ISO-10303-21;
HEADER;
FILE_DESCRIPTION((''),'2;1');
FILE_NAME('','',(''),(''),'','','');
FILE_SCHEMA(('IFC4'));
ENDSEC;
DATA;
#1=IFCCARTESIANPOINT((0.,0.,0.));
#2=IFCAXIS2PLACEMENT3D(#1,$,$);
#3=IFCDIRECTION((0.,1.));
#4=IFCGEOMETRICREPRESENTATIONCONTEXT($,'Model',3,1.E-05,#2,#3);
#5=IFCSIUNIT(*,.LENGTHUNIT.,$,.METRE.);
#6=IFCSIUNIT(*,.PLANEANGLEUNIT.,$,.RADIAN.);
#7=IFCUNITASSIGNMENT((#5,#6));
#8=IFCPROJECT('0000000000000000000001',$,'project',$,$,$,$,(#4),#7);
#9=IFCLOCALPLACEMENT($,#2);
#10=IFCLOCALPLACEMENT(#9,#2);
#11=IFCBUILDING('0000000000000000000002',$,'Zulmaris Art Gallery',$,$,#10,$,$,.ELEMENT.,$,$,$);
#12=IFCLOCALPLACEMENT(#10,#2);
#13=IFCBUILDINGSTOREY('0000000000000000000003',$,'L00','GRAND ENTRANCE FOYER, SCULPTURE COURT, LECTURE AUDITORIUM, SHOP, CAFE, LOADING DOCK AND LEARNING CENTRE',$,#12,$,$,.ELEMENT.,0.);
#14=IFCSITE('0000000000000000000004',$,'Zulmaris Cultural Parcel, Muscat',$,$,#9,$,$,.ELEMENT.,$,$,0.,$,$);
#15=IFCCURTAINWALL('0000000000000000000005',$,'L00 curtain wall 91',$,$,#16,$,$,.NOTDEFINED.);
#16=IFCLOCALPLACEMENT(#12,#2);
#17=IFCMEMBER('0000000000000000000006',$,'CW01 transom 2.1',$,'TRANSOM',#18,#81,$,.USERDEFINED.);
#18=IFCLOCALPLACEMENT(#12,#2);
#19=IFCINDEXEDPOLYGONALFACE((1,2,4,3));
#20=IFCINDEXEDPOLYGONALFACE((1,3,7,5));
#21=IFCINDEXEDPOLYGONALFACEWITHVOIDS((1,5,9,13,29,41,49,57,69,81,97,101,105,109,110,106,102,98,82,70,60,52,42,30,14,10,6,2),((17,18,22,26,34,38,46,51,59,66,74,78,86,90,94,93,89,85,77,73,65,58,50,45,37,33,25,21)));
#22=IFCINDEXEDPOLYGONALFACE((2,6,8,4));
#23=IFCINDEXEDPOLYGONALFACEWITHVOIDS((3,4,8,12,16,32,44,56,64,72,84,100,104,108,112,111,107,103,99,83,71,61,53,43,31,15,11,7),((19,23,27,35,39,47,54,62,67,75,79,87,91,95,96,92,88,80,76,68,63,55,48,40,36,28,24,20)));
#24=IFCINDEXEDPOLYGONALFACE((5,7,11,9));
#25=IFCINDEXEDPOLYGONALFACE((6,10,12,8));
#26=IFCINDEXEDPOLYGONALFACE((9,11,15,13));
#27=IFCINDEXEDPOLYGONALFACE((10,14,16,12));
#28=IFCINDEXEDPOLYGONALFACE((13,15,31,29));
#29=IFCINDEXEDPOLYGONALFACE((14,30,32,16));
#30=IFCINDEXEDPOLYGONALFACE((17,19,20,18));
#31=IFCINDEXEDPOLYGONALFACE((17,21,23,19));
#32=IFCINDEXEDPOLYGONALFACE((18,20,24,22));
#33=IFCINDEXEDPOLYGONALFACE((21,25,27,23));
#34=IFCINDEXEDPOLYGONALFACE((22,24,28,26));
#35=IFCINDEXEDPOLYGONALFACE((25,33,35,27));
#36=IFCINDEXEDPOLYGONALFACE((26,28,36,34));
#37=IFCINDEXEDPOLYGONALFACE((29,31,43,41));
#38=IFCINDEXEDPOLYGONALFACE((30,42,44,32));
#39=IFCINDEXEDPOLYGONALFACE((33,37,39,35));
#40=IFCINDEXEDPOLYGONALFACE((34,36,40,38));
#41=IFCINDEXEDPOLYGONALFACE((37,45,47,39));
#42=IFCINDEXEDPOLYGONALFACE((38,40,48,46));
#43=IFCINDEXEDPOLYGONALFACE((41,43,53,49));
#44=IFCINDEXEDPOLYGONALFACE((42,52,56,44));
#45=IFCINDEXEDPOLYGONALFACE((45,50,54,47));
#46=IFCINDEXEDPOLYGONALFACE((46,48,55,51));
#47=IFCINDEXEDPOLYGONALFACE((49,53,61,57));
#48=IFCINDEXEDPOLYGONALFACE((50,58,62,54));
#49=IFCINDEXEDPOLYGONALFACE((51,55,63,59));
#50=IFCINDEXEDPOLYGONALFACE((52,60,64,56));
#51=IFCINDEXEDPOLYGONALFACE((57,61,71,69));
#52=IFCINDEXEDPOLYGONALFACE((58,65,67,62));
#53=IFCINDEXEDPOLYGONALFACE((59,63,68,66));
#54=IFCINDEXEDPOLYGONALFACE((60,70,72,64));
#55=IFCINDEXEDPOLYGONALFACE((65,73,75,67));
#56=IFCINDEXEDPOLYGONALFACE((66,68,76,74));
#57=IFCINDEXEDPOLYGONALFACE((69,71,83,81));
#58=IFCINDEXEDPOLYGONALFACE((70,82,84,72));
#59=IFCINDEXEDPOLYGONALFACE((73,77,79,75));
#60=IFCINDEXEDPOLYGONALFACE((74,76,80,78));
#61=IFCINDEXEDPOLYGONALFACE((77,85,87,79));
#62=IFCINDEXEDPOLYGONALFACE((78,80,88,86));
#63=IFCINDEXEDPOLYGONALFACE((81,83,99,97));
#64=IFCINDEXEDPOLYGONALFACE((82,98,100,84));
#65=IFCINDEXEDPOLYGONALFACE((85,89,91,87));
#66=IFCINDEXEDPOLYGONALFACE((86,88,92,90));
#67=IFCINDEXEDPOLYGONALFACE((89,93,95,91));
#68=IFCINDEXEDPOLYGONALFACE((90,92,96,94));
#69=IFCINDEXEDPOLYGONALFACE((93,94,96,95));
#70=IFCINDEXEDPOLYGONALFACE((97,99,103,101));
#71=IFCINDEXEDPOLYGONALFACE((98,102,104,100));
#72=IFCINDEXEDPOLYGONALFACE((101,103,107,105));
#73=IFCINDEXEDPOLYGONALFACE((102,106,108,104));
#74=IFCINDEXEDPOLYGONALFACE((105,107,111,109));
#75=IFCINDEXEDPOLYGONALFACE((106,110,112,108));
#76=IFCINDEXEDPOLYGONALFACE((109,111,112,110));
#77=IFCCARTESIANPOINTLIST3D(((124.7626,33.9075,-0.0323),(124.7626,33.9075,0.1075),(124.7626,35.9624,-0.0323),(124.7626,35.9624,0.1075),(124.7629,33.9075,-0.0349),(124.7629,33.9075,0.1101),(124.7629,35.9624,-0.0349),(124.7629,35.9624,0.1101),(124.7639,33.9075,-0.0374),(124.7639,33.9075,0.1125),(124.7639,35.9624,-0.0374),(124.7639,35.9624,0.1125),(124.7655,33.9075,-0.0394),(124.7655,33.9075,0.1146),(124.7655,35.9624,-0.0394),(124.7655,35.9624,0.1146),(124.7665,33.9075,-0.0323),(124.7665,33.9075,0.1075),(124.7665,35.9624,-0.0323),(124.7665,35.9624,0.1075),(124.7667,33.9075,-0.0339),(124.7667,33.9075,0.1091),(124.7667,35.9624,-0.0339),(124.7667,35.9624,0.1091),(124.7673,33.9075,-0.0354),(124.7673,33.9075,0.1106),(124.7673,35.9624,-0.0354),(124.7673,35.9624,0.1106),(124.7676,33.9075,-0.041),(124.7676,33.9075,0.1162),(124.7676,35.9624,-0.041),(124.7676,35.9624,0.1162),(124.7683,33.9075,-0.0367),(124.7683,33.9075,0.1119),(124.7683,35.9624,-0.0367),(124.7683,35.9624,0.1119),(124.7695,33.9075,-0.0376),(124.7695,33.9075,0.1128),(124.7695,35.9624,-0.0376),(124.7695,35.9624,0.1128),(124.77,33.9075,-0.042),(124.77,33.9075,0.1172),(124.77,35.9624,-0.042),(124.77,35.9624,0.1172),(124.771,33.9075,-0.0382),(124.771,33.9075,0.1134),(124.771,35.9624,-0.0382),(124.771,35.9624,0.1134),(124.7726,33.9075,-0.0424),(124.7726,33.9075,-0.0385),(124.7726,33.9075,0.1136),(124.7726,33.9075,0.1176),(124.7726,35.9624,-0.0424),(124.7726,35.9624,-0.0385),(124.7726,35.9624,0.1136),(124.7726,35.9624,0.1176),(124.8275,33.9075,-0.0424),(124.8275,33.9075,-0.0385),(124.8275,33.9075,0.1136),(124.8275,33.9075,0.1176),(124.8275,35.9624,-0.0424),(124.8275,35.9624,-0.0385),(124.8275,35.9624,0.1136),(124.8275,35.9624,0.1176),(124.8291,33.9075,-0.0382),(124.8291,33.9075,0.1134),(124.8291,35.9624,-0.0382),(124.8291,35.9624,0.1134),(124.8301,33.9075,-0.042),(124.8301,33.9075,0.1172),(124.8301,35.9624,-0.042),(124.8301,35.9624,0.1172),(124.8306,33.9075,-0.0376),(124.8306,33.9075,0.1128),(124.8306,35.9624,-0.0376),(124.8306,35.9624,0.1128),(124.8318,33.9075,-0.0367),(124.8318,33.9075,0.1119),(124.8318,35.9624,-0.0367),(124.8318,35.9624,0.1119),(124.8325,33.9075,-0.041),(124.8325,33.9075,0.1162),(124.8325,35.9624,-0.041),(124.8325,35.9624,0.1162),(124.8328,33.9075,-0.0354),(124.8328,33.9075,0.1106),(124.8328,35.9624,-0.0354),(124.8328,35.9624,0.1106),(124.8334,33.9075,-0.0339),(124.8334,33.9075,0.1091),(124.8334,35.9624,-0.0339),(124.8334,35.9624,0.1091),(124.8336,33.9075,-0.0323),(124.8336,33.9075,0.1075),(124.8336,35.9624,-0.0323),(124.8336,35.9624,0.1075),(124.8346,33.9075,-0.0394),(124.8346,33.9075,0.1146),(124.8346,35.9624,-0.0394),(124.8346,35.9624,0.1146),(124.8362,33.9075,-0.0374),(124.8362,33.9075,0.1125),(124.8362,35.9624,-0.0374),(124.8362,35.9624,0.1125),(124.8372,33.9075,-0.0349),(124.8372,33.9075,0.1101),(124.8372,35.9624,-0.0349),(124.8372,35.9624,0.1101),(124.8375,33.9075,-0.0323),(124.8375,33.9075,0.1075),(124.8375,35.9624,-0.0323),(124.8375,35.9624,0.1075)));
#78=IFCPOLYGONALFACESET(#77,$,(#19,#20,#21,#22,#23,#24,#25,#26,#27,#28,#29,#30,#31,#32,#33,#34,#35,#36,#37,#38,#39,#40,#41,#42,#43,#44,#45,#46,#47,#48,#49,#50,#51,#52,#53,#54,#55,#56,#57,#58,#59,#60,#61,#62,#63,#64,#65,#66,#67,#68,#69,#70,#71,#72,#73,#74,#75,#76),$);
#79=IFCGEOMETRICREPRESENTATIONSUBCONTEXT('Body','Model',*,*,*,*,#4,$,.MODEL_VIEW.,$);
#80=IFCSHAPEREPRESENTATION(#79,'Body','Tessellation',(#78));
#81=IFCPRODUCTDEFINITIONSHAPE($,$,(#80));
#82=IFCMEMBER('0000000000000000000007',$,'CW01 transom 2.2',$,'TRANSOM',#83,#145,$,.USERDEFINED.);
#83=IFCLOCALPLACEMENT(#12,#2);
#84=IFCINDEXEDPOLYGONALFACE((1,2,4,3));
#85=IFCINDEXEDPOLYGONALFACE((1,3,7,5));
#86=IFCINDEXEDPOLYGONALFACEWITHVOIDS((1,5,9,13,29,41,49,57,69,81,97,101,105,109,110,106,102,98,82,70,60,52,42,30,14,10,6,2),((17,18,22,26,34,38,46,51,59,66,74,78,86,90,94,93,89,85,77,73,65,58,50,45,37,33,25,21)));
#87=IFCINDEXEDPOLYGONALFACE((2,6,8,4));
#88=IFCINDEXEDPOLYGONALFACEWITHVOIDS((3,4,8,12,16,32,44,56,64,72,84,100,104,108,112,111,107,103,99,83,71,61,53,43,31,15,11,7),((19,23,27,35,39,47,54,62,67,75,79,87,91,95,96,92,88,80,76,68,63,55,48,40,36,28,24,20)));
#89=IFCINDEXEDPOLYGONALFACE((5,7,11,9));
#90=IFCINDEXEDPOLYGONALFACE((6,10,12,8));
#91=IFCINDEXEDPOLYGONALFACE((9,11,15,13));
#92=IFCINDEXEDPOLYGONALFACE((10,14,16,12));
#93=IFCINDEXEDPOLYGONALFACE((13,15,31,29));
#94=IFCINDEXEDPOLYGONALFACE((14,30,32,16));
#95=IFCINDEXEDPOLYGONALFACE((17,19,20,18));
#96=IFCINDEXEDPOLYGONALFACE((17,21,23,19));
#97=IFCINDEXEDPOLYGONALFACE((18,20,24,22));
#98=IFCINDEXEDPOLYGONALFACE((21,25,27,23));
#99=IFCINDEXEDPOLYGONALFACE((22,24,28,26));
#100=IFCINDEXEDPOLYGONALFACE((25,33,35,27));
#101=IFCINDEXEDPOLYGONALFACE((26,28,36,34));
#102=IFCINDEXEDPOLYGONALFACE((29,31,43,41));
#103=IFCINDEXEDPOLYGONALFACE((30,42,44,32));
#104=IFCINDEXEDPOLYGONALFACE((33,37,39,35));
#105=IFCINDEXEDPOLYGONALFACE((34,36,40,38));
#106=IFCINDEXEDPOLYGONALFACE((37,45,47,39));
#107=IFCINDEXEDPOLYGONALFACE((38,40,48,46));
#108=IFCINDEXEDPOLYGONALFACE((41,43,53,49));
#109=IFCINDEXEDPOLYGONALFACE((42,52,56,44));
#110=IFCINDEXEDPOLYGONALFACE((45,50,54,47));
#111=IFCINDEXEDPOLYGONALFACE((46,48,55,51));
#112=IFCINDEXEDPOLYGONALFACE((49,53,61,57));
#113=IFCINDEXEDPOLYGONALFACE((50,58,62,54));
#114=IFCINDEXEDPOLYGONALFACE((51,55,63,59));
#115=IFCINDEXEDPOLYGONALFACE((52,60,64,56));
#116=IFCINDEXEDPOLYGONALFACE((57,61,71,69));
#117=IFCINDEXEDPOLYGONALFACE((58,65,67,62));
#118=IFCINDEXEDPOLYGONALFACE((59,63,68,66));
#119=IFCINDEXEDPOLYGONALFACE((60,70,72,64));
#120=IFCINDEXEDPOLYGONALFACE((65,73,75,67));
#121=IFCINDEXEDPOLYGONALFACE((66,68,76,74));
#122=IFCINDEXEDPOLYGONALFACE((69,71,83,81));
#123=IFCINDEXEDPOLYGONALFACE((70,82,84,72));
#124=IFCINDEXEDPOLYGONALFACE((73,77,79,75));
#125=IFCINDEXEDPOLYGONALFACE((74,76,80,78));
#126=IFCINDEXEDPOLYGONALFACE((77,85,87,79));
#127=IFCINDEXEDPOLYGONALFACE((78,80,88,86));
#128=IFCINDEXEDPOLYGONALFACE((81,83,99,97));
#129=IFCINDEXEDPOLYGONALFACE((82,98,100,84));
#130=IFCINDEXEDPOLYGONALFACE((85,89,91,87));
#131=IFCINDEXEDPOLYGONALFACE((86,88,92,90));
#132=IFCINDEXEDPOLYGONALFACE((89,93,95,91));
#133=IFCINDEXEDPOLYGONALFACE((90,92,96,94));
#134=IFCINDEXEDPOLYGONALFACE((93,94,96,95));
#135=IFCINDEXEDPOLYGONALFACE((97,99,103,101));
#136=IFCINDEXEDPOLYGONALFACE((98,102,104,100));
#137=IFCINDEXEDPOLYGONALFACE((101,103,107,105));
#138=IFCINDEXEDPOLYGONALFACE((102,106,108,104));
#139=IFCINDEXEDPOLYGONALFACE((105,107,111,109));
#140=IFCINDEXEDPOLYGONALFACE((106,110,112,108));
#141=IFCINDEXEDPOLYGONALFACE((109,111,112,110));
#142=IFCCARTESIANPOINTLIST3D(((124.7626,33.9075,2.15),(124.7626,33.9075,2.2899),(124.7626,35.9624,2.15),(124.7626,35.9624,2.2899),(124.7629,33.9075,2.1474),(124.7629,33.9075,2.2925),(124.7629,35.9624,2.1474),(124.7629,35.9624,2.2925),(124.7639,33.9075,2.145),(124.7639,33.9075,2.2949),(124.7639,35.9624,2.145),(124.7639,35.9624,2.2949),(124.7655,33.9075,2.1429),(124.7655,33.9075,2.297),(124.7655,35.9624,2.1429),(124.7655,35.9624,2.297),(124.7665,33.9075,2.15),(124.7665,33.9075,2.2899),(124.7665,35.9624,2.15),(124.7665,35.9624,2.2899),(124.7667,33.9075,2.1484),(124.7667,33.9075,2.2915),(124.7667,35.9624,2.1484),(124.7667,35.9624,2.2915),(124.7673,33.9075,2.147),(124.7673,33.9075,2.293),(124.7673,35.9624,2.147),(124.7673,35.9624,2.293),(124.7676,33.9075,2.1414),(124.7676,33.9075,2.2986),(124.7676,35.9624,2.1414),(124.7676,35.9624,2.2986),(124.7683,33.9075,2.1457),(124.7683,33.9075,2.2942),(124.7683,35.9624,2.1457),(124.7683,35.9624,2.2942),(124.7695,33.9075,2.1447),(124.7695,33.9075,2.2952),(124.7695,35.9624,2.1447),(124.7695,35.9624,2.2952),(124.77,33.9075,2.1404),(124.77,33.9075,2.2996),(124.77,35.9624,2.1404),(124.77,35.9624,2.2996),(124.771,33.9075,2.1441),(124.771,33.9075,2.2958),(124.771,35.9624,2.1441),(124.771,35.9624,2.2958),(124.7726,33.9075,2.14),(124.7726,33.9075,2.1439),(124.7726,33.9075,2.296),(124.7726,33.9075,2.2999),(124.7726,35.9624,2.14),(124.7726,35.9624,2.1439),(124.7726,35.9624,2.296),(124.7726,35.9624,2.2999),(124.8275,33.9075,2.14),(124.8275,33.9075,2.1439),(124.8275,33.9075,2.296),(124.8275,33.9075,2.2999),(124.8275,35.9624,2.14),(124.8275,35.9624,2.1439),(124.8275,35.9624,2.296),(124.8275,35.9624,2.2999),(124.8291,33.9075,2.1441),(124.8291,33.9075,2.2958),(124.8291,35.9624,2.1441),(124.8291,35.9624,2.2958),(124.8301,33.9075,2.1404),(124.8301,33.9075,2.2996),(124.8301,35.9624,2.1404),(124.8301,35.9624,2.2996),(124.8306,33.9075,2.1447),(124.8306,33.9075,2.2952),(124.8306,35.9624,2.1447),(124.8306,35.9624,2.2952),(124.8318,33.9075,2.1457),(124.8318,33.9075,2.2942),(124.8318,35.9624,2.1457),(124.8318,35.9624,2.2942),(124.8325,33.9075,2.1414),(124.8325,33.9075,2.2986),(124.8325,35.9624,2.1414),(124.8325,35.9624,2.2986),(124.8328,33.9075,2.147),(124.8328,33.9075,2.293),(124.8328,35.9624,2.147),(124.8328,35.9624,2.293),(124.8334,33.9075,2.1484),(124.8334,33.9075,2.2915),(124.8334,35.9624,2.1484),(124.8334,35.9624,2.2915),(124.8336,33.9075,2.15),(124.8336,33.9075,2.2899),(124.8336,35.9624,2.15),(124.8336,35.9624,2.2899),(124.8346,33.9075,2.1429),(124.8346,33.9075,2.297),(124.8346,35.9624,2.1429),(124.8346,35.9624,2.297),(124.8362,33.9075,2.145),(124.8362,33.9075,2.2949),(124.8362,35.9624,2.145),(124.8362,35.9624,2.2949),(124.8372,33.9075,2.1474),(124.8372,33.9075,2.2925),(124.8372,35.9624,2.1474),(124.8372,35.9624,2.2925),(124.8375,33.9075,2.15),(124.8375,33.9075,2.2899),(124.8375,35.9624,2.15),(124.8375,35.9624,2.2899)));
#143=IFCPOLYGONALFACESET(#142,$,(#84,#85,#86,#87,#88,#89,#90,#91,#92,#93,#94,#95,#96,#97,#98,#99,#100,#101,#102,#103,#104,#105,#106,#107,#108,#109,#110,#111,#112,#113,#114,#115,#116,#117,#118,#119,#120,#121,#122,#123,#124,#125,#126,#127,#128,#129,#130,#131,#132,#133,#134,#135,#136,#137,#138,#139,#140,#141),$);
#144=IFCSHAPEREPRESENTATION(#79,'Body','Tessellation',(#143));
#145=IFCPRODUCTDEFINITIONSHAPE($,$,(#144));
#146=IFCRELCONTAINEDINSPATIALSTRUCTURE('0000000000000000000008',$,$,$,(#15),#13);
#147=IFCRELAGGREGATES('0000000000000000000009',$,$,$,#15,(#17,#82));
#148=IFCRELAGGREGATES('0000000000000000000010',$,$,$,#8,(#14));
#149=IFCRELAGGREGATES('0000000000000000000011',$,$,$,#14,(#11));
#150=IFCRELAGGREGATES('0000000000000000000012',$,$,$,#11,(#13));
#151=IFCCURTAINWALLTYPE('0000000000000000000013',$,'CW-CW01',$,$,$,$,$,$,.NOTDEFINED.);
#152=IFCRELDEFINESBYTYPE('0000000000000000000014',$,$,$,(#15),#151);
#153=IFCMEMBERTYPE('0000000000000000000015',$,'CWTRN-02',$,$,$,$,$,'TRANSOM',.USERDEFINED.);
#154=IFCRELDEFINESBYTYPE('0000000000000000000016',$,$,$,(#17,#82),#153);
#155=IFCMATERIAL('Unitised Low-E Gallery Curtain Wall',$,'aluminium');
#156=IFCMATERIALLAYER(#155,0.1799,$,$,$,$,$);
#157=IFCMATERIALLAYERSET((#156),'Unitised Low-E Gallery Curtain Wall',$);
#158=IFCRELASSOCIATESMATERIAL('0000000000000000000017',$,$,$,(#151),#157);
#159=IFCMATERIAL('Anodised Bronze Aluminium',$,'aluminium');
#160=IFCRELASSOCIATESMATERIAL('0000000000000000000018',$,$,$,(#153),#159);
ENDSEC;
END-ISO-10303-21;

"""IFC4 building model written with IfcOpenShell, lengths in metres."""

from ifc_helpers import new_model, si_unit, direction, frame, origin, origin_2d, place, context, subcontext, project, spatial, hollow_rectangle, extrude, material, layer, layer_set, material_profile, profile_set, type_object, element, aggregate, save


model = new_model("IFC4")

# Units and contexts
model_context = context("Model", 3, precision=1e-05, world=origin(), true_north=direction((0.0, 1.0)))
body_context = subcontext(model_context, "Body", "Model", "MODEL_VIEW")
ifc_project = project(units=[si_unit("LENGTHUNIT", "METRE"), si_unit("PLANEANGLEUNIT", "RADIAN")], contexts=[model_context])

# Site, building, storey
site_placement = place(None, origin())
site = spatial("IfcSite", under=ifc_project, at=site_placement, Name="Zulmaris Cultural Parcel, Muscat", CompositionType="ELEMENT", RefElevation=0.0)
building_placement = place(site_placement, origin())
building = spatial("IfcBuilding", under=site, at=building_placement, Name="Zulmaris Art Gallery", CompositionType="ELEMENT")
storey_placement = place(building_placement, origin())
storey = spatial("IfcBuildingStorey", under=building, at=storey_placement, Name="L00", Description="GRAND ENTRANCE FOYER, SCULPTURE COURT, LECTURE AUDITORIUM, SHOP, CAFE, LOADING DOCK AND LEARNING CENTRE", CompositionType="ELEMENT", Elevation=0.0)

# Curtain wall
ifc_material_1 = material(Name="Unitised Low-E Gallery Curtain Wall", Category="aluminium")
ifc_layer_1 = layer(ifc_material_1, 0.1799)
ifc_layer_set_1 = layer_set([ifc_layer_1], Name="Unitised Low-E Gallery Curtain Wall")
curtain_wall_type = type_object("IfcCurtainWallType", Name="CW-CW01", PredefinedType="NOTDEFINED", material=ifc_layer_set_1)
curtain_wall_1_placement = place(storey_placement, origin())
curtain_wall_1 = element("IfcCurtainWall", 1, at=curtain_wall_1_placement, inside=storey, type_object=curtain_wall_type, Name="L00 curtain wall 91", PredefinedType="NOTDEFINED")
ifc_material_2 = material(Name="Anodised Bronze Aluminium", Category="aluminium")

# Members
ifc_material_profile_1 = material_profile(ifc_material_2, hollow_rectangle(XDim=0.075, YDim=0.1599, WallThickness=0.0039, InnerFilletRadius=0.0061, OuterFilletRadius=0.01, at=origin_2d()), Name="ALU 75x160x4")
ifc_profile_set_1 = profile_set([ifc_material_profile_1], Name="Anodised Bronze Aluminium")
member_type_1 = type_object("IfcMemberType", Name="CWTRN-02", ElementType="TRANSOM", PredefinedType="USERDEFINED", material=ifc_profile_set_1)
member_1_placement = place(storey_placement, frame((124.8, 33.9075, 0.0376), z_axis=(0.0, 1.0, 0.0), x_axis=(-1.0, 0.0, 0.0)))
member_1 = element("IfcMember", 2, at=member_1_placement, type_object=member_type_1, Name="CW01 transom 2.1", ObjectType="TRANSOM", PredefinedType="USERDEFINED", context=body_context, shape_type="SweptSolid", body=[
    extrude(hollow_rectangle(XDim=0.075, YDim=0.1599, WallThickness=0.0039, InnerFilletRadius=0.0061, OuterFilletRadius=0.01, at=origin_2d()), origin(), (0.0, 0.0, 1.0), 2.0549),
])
member_2_placement = place(storey_placement, frame((124.8, 33.9075, 2.22), z_axis=(0.0, 1.0, 0.0), x_axis=(-1.0, 0.0, 0.0)))
member_2 = element("IfcMember", 3, at=member_2_placement, type_object=member_type_1, Name="CW01 transom 2.2", ObjectType="TRANSOM", PredefinedType="USERDEFINED", context=body_context, shape_type="SweptSolid", body=[
    extrude(hollow_rectangle(XDim=0.075, YDim=0.1599, WallThickness=0.0039, InnerFilletRadius=0.0061, OuterFilletRadius=0.01, at=origin_2d()), origin(), (0.0, 0.0, 1.0), 2.0549),
])

aggregate(curtain_wall_1, [member_1, member_2])

save(model, "model.ifc")
